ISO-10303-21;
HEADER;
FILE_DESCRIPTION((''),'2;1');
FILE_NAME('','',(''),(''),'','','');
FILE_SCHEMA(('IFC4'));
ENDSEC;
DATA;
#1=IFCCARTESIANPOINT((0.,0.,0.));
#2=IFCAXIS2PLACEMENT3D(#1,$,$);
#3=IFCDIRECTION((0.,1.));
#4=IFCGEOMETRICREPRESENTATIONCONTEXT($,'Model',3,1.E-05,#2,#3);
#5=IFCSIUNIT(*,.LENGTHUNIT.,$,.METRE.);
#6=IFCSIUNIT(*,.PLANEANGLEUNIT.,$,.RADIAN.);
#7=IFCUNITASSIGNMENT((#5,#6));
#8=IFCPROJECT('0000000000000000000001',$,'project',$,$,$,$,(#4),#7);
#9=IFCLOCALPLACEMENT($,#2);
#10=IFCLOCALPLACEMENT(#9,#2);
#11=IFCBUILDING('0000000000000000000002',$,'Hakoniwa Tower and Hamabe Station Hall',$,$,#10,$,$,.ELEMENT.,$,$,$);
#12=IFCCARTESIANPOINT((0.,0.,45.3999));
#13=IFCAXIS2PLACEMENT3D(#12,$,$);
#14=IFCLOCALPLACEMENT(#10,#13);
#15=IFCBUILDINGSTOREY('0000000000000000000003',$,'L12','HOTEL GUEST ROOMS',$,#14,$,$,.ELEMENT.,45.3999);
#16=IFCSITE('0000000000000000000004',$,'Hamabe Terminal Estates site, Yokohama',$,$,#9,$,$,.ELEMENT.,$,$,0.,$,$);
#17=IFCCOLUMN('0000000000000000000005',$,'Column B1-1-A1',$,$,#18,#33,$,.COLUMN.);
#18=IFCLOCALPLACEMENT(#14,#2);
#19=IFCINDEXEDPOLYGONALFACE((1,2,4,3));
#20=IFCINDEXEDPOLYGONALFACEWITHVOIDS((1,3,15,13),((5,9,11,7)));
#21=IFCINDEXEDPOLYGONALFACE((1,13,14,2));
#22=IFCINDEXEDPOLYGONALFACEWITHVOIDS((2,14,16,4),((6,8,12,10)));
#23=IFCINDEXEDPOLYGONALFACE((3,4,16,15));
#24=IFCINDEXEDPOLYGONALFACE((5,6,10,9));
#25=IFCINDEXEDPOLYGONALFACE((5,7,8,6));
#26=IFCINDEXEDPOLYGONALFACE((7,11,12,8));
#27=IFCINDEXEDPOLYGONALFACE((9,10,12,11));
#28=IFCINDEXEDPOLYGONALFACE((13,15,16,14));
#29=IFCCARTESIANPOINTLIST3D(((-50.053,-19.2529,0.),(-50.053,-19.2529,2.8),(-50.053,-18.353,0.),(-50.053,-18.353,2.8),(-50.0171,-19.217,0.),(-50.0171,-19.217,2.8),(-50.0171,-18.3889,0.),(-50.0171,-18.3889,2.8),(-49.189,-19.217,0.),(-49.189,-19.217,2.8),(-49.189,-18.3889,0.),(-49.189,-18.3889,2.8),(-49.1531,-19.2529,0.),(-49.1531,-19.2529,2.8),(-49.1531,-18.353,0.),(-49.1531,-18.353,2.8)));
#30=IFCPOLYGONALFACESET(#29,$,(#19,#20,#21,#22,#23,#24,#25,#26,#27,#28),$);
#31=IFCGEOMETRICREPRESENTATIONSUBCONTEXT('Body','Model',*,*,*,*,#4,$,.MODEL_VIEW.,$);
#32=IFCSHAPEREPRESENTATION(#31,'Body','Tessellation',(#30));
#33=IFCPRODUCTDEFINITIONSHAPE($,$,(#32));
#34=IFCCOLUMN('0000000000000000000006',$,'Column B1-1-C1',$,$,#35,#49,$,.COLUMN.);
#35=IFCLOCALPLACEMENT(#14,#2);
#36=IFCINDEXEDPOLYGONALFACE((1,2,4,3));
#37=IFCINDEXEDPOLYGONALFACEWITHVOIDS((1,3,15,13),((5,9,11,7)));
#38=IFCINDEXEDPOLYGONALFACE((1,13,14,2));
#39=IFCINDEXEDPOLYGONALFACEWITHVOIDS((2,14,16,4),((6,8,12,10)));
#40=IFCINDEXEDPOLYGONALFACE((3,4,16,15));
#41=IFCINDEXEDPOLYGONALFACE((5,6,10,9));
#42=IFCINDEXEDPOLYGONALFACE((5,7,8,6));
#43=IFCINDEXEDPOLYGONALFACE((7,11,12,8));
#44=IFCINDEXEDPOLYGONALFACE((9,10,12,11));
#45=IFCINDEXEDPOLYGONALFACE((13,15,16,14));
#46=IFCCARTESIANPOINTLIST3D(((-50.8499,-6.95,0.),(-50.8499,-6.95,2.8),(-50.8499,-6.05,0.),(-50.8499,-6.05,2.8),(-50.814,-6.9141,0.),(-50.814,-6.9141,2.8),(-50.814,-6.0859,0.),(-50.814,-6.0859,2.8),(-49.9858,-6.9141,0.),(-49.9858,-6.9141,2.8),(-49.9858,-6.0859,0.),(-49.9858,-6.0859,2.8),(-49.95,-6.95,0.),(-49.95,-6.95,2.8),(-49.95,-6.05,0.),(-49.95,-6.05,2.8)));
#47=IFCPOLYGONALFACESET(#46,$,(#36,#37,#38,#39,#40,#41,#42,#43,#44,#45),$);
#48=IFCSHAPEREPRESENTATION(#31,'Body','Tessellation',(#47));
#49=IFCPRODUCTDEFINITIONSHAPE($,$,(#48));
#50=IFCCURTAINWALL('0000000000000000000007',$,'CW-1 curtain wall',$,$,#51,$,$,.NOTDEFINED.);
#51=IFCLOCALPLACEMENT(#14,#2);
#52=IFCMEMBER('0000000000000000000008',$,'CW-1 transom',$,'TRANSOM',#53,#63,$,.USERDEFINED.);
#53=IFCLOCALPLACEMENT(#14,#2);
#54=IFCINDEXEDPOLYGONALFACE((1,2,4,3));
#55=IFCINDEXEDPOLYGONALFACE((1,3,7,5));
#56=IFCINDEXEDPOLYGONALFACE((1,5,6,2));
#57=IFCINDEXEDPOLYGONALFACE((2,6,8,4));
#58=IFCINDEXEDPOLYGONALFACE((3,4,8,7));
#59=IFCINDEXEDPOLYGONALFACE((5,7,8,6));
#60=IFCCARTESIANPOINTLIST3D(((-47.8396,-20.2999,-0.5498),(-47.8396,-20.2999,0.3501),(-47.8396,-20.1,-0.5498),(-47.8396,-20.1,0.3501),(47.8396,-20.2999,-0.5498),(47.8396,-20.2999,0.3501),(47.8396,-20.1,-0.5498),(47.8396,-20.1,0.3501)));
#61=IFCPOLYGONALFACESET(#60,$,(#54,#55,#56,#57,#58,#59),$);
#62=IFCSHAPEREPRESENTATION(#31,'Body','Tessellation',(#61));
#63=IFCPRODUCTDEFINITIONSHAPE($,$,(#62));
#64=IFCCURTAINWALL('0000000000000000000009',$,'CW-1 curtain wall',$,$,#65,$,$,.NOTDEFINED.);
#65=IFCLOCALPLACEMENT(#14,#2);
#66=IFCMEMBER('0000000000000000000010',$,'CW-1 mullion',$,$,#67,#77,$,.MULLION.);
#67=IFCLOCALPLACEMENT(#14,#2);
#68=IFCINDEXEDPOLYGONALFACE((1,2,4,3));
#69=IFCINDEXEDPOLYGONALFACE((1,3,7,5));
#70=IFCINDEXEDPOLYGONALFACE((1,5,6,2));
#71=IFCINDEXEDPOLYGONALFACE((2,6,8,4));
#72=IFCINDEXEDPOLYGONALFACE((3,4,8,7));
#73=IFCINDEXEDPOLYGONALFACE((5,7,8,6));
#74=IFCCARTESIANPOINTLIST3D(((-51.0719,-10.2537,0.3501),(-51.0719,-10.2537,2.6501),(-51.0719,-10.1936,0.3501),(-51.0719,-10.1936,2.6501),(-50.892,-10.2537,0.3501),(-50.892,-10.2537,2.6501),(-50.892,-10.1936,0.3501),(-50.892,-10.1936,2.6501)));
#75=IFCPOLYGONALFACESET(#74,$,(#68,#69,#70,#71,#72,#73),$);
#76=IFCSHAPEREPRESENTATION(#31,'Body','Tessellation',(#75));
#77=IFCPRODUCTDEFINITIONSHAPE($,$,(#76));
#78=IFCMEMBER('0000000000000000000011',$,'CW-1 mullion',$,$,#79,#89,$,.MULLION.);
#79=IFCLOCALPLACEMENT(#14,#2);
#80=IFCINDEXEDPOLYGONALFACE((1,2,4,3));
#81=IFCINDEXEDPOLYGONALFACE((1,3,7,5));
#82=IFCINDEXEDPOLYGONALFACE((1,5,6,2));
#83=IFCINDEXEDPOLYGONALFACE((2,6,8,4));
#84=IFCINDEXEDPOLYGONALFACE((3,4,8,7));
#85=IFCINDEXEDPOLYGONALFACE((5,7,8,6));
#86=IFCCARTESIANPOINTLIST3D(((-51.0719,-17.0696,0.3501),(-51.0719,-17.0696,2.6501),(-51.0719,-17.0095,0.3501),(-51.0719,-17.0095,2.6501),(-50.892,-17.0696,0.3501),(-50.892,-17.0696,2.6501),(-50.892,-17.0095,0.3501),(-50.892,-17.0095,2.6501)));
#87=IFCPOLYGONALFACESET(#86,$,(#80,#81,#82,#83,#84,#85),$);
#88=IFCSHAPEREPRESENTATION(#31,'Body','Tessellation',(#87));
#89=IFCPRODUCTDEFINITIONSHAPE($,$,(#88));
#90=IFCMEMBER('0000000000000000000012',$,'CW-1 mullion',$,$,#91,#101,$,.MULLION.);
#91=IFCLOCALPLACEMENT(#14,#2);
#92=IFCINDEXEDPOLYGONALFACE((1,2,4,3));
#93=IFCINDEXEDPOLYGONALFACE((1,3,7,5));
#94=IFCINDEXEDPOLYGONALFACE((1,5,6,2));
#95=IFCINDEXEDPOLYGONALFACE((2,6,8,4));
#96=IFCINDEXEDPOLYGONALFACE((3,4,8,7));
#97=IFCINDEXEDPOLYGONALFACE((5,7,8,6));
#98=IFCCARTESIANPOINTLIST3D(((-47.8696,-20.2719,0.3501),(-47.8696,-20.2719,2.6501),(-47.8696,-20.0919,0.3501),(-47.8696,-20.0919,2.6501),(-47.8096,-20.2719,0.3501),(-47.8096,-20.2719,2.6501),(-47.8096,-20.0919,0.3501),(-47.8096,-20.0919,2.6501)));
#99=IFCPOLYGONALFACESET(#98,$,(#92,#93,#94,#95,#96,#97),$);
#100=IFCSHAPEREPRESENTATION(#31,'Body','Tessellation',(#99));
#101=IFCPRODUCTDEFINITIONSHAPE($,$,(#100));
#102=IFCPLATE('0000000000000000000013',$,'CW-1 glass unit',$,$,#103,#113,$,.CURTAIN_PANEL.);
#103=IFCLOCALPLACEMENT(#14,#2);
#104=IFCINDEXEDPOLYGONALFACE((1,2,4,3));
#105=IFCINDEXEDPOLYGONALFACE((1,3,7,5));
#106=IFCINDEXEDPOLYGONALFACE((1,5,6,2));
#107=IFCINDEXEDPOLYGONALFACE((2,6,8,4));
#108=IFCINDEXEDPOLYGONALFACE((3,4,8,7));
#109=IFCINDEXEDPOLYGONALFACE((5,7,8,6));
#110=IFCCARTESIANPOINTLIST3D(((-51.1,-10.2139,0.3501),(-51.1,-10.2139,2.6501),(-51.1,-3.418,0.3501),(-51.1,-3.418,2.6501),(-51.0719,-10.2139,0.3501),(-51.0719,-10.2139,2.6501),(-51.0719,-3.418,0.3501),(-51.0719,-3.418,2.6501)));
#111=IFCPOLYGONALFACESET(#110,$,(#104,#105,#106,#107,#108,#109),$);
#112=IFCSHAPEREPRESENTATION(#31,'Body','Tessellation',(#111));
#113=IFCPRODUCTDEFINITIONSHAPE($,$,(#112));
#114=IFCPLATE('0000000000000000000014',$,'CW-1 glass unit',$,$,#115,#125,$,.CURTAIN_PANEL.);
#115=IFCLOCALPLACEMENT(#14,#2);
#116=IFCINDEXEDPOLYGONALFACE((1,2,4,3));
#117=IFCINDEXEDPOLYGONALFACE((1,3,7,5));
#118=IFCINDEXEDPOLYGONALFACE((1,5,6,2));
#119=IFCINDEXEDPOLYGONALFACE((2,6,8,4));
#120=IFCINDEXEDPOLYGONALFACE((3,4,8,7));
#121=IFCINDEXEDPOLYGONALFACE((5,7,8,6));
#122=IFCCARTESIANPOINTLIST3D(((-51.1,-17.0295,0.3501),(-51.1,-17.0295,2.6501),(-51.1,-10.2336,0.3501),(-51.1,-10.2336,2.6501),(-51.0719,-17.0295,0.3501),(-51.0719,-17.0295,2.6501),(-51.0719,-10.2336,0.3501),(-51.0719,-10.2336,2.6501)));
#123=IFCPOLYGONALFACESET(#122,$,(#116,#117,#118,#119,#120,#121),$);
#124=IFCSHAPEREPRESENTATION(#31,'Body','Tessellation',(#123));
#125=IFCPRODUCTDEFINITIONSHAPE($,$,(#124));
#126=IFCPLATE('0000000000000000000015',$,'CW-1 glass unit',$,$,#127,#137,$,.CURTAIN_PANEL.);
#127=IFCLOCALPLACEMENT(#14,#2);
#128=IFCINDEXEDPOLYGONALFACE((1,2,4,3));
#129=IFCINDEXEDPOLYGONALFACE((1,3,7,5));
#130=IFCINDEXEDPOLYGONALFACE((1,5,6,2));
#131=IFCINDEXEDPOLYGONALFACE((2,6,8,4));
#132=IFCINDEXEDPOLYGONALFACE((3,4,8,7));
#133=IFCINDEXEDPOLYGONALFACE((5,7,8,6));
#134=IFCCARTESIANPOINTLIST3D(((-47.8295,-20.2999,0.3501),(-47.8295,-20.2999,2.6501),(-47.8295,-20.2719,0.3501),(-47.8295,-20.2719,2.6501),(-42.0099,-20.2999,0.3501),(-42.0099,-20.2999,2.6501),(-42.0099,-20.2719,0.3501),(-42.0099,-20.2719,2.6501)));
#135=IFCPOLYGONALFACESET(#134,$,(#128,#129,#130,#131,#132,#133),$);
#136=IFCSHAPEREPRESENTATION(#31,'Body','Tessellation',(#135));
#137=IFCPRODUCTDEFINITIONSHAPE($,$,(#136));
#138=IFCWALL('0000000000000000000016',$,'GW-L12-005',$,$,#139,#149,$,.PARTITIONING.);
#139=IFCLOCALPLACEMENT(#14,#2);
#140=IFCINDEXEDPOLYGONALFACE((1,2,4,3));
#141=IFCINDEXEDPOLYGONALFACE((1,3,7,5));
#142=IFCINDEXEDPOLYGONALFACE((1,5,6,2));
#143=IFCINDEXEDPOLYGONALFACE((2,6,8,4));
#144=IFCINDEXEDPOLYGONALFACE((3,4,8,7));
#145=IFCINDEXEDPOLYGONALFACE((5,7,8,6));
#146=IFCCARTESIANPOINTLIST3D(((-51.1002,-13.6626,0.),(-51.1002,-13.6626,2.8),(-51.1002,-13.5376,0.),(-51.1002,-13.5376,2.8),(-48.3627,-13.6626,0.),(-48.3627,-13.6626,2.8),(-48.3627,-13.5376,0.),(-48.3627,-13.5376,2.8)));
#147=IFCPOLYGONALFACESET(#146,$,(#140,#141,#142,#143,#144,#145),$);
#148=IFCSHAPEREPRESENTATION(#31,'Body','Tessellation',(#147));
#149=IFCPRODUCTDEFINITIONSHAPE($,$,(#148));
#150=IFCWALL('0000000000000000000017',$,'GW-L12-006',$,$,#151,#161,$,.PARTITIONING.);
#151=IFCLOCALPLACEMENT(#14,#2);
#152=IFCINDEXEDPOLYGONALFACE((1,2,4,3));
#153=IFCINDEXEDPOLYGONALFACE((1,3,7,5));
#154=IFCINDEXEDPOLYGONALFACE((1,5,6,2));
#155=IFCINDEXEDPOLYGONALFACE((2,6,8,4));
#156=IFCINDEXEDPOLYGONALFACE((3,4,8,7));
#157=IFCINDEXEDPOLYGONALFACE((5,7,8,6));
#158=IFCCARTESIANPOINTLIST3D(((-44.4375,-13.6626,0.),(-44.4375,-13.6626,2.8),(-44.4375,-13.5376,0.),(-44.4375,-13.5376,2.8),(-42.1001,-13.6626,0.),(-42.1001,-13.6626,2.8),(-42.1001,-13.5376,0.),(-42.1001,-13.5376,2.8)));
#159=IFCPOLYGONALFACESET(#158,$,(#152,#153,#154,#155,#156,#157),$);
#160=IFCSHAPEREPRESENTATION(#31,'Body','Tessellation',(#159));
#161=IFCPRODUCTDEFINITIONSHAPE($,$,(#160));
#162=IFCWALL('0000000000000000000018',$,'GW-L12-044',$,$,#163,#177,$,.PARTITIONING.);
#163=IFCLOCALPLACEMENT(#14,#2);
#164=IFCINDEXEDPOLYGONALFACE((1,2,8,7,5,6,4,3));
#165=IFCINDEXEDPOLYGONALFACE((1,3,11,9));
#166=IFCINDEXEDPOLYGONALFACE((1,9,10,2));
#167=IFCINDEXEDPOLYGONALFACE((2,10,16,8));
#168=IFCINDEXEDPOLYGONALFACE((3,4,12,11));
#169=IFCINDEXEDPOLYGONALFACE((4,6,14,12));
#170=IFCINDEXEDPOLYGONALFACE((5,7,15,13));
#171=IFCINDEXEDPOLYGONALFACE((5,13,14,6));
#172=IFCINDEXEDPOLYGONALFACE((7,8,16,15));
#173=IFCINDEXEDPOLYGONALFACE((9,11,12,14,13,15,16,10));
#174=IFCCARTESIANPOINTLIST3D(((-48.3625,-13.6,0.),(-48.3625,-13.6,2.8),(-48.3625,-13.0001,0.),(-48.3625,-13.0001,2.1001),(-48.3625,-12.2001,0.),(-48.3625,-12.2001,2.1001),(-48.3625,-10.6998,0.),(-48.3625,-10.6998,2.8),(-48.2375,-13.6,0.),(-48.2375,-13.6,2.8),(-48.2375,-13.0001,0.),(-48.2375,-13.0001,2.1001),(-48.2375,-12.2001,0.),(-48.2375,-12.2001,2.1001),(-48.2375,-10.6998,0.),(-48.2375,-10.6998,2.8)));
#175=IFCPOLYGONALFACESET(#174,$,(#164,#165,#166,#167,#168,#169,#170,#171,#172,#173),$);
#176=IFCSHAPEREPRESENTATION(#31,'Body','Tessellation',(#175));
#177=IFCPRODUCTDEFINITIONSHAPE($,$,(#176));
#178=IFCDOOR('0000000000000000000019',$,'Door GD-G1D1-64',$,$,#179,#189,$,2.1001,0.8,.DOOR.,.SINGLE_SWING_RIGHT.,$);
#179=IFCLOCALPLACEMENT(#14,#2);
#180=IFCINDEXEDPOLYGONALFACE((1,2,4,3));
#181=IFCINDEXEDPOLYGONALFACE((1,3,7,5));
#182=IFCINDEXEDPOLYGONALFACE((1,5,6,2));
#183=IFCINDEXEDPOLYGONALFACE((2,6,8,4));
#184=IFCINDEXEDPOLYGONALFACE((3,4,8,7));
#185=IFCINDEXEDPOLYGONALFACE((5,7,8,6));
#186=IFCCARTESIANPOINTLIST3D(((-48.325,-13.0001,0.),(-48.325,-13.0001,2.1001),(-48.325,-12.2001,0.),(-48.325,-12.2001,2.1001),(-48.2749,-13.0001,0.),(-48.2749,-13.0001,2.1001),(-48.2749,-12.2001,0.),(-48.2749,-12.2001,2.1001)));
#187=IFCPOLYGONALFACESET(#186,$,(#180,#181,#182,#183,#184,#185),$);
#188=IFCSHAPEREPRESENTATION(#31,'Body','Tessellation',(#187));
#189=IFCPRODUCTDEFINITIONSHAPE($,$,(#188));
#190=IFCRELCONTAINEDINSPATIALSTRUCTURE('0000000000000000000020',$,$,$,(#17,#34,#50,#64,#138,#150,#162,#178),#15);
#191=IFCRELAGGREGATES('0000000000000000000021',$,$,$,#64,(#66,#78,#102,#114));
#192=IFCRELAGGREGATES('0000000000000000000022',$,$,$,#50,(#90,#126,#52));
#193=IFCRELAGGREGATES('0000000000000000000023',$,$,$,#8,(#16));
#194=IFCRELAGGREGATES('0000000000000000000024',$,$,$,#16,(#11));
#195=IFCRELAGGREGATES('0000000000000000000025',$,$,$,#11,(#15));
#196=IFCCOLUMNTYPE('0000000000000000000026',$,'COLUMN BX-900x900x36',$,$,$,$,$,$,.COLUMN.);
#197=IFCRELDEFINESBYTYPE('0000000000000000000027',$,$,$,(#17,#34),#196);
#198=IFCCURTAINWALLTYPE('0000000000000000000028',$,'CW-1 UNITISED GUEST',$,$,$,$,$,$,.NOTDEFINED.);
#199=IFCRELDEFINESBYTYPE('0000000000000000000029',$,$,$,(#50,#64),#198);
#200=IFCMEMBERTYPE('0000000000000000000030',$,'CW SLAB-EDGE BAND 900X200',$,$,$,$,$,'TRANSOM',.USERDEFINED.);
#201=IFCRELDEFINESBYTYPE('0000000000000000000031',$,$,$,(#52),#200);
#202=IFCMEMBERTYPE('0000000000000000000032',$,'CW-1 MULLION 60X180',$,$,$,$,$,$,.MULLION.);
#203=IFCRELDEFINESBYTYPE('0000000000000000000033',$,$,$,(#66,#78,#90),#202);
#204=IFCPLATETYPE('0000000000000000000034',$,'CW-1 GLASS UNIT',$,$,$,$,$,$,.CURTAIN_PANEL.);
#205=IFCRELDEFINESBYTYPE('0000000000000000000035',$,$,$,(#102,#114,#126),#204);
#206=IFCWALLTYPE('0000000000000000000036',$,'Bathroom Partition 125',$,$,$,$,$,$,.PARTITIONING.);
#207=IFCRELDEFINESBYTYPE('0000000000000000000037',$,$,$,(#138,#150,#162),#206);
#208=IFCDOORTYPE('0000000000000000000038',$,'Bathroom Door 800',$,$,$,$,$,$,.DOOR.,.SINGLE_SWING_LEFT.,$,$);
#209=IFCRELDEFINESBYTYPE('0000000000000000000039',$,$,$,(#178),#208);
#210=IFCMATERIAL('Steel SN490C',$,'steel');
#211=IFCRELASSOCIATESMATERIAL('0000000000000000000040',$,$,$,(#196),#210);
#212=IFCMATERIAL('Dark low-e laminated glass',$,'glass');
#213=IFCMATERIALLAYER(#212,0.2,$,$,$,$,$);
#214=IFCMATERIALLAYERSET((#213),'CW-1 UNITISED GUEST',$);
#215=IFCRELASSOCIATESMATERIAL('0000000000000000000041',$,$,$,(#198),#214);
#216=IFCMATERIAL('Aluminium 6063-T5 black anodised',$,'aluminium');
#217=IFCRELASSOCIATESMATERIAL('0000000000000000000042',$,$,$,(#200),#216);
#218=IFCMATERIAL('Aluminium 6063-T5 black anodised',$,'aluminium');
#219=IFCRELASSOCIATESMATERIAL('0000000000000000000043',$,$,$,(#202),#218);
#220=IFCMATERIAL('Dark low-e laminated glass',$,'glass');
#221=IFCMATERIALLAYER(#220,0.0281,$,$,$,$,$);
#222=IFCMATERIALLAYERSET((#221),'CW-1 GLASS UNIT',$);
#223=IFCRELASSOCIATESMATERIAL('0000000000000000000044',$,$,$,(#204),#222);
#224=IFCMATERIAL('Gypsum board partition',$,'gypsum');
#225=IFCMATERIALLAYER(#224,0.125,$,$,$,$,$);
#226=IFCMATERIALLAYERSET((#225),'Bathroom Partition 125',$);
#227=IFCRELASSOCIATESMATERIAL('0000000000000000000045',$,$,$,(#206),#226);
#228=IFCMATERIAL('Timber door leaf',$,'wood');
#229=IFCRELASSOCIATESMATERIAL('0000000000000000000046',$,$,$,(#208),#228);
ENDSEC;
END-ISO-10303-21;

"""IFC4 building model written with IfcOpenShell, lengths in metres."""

from ifc_helpers import new_model, si_unit, direction, frame, frame_2d, origin, origin_2d, place, context, subcontext, project, spatial, rectangle, hollow_rectangle, extrude, material, layer, layer_set, material_profile, profile_set, type_object, element, fill, aggregate, save


model = new_model("IFC4")

# Units and contexts
model_context = context("Model", 3, precision=1e-05, world=origin(), true_north=direction((0.0, 1.0)))
body_context = subcontext(model_context, "Body", "Model", "MODEL_VIEW")
ifc_project = project(units=[si_unit("LENGTHUNIT", "METRE"), si_unit("PLANEANGLEUNIT", "RADIAN")], contexts=[model_context])

# Site, building, storey
site_placement = place(None, origin())
site = spatial("IfcSite", under=ifc_project, at=site_placement, Name="Hamabe Terminal Estates site, Yokohama", CompositionType="ELEMENT", RefElevation=0.0)
building_placement = place(site_placement, origin())
building = spatial("IfcBuilding", under=site, at=building_placement, Name="Hakoniwa Tower and Hamabe Station Hall", CompositionType="ELEMENT")
storey_placement = place(building_placement, frame((0.0, 0.0, 45.3999)))
storey = spatial("IfcBuildingStorey", under=building, at=storey_placement, Name="L12", Description="HOTEL GUEST ROOMS", CompositionType="ELEMENT", Elevation=45.3999)

# Columns
ifc_material_1 = material(Name="Steel SN490C", Category="steel")
ifc_material_profile_1 = material_profile(ifc_material_1, hollow_rectangle(XDim=0.8999, YDim=0.8999, WallThickness=0.0359, at=origin_2d()), Name="BX-900x900x36")
ifc_profile_set_1 = profile_set([ifc_material_profile_1], Name="Steel SN490C")
column_type = type_object("IfcColumnType", Name="COLUMN BX-900x900x36", PredefinedType="COLUMN", material=ifc_profile_set_1)
for number, where, z_axis, x_axis, name in (
    (1, (-49.603, -18.803, 0.0), (0.0, 0.0, 1.0), (1.0, 0.0, 0.0), "Column B1-1-A1"),
    (2, (-50.3999, -6.5, 0.0), (0.0, 0.0, 1.0), (1.0, 0.0, 0.0), "Column B1-1-C1"),
):
    element("IfcColumn", number, at=place(storey_placement, frame(where, z_axis=z_axis, x_axis=x_axis)), inside=storey, type_object=column_type, Name=name, PredefinedType="COLUMN", context=body_context, shape_type="SweptSolid", body=[
        extrude(hollow_rectangle(XDim=0.8999, YDim=0.8999, WallThickness=0.0359, at=origin_2d()), origin(), (0.0, 0.0, 1.0), 2.8),
    ])

# Curtain wall, member
ifc_material_2 = material(Name="Dark low-e laminated glass", Category="glass")
ifc_layer_1 = layer(ifc_material_2, 0.2)
ifc_layer_set_1 = layer_set([ifc_layer_1], Name="CW-1 UNITISED GUEST")
curtain_wall_type = type_object("IfcCurtainWallType", Name="CW-1 UNITISED GUEST", PredefinedType="NOTDEFINED", material=ifc_layer_set_1)
curtain_wall_1_placement = place(storey_placement, origin())
curtain_wall_1 = element("IfcCurtainWall", 3, at=curtain_wall_1_placement, inside=storey, type_object=curtain_wall_type, Name="CW-1 curtain wall", PredefinedType="NOTDEFINED")
ifc_material_3 = material(Name="Aluminium 6063-T5 black anodised", Category="aluminium")
ifc_material_profile_2 = material_profile(ifc_material_3, rectangle(XDim=0.2, YDim=0.8999, at=origin_2d()), Name="CW SLAB-EDGE BAND 900X200")
ifc_profile_set_2 = profile_set([ifc_material_profile_2], Name="Aluminium 6063-T5 black anodised")
member_type_1 = type_object("IfcMemberType", Name="CW SLAB-EDGE BAND 900X200", ElementType="TRANSOM", PredefinedType="USERDEFINED", material=ifc_profile_set_2)
member_1_placement = place(storey_placement, frame((-47.8396, -20.2, -0.0999), z_axis=(1.0, 0.0, 0.0), x_axis=(0.0, 1.0, 0.0)))
member_1 = element("IfcMember", 4, at=member_1_placement, type_object=member_type_1, Name="CW-1 transom", ObjectType="TRANSOM", PredefinedType="USERDEFINED", context=body_context, shape_type="SweptSolid", body=[
    extrude(rectangle(XDim=0.2, YDim=0.8999, at=origin_2d()), origin(), (0.0, 0.0, 1.0), 95.6792),
])

# Curtain wall, members
curtain_wall_2_placement = place(storey_placement, origin())
curtain_wall_2 = element("IfcCurtainWall", 5, at=curtain_wall_2_placement, inside=storey, type_object=curtain_wall_type, Name="CW-1 curtain wall", PredefinedType="NOTDEFINED")
ifc_material_4 = material(Name="Aluminium 6063-T5 black anodised", Category="aluminium")
ifc_material_profile_3 = material_profile(ifc_material_4, rectangle(XDim=0.0601, YDim=0.1799, at=origin_2d()), Name="CW-1 MULLION 60X180")
ifc_profile_set_3 = profile_set([ifc_material_profile_3], Name="Aluminium 6063-T5 black anodised")
member_type_2 = type_object("IfcMemberType", Name="CW-1 MULLION 60X180", PredefinedType="MULLION", material=ifc_profile_set_3)
member_2_placement = place(storey_placement, frame((-50.9819, -10.2236, 0.3501), z_axis=(0.0, 0.0, 1.0), x_axis=(0.0, -1.0, 0.0)))
member_2 = element("IfcMember", 6, at=member_2_placement, type_object=member_type_2, Name="CW-1 mullion", PredefinedType="MULLION", context=body_context, shape_type="SweptSolid", body=[
    extrude(rectangle(XDim=0.0601, YDim=0.1799, at=origin_2d()), origin(), (0.0, 0.0, 1.0), 2.3),
])
member_3_placement = place(storey_placement, frame((-50.9819, -17.0396, 0.3501), z_axis=(0.0, 0.0, 1.0), x_axis=(0.0, -1.0, 0.0)))
member_3 = element("IfcMember", 7, at=member_3_placement, type_object=member_type_2, Name="CW-1 mullion", PredefinedType="MULLION", context=body_context, shape_type="SweptSolid", body=[
    extrude(rectangle(XDim=0.0601, YDim=0.1799, at=origin_2d()), origin(), (0.0, 0.0, 1.0), 2.3),
])

# Member
member_4_placement = place(storey_placement, frame((-47.8396, -20.1819, 0.3501), z_axis=(0.0, 0.0, 1.0), x_axis=(1.0, 0.0, 0.0)))
member_4 = element("IfcMember", 8, at=member_4_placement, type_object=member_type_2, Name="CW-1 mullion", PredefinedType="MULLION", context=body_context, shape_type="SweptSolid", body=[
    extrude(rectangle(XDim=0.0601, YDim=0.1799, at=origin_2d()), origin(), (0.0, 0.0, 1.0), 2.3),
])

# Plates
ifc_material_5 = material(Name="Dark low-e laminated glass", Category="glass")
ifc_layer_2 = layer(ifc_material_5, 0.0281)
ifc_layer_set_2 = layer_set([ifc_layer_2], Name="CW-1 GLASS UNIT")
plate_type = type_object("IfcPlateType", Name="CW-1 GLASS UNIT", PredefinedType="CURTAIN_PANEL", material=ifc_layer_set_2)
plate_1_placement = place(storey_placement, frame((-51.0859, -6.8159, 0.3501), z_axis=(0.0, 0.0, 1.0), x_axis=(0.0, -1.0, 0.0)))
plate_1 = element("IfcPlate", 9, at=plate_1_placement, type_object=plate_type, Name="CW-1 glass unit", PredefinedType="CURTAIN_PANEL", context=body_context, shape_type="SweptSolid", body=[
    extrude(rectangle(XDim=6.7959, YDim=0.0281, at=origin_2d()), origin(), (0.0, 0.0, 1.0), 2.3),
])
plate_2_placement = place(storey_placement, frame((-51.0859, -13.6316, 0.3501), z_axis=(0.0, 0.0, 1.0), x_axis=(0.0, -1.0, 0.0)))
plate_2 = element("IfcPlate", 10, at=plate_2_placement, type_object=plate_type, Name="CW-1 glass unit", PredefinedType="CURTAIN_PANEL", context=body_context, shape_type="SweptSolid", body=[
    extrude(rectangle(XDim=6.7959, YDim=0.0281, at=origin_2d()), origin(), (0.0, 0.0, 1.0), 2.3),
])
aggregate(curtain_wall_2, [member_2, member_3, plate_1, plate_2])
plate_3_placement = place(storey_placement, frame((-44.9197, -20.2859, 0.3501), z_axis=(0.0, 0.0, 1.0), x_axis=(1.0, 0.0, 0.0)))
plate_3 = element("IfcPlate", 11, at=plate_3_placement, type_object=plate_type, Name="CW-1 glass unit", PredefinedType="CURTAIN_PANEL", context=body_context, shape_type="SweptSolid", body=[
    extrude(rectangle(XDim=5.8196, YDim=0.0281, at=origin_2d()), origin(), (0.0, 0.0, 1.0), 2.3),
])
aggregate(curtain_wall_1, [member_4, plate_3, member_1])

# Walls
ifc_material_6 = material(Name="Gypsum board partition", Category="gypsum")
ifc_layer_3 = layer(ifc_material_6, 0.125)
ifc_layer_set_3 = layer_set([ifc_layer_3], Name="Bathroom Partition 125")
wall_type_1 = type_object("IfcWallType", Name="Bathroom Partition 125", PredefinedType="PARTITIONING", material=ifc_layer_set_3)
wall_1_placement = place(storey_placement, frame((-51.1001, -13.6001, 0.0), z_axis=(0.0, 0.0, 1.0), x_axis=(1.0, 0.0, 0.0)))
element("IfcWall", 12, at=wall_1_placement, inside=storey, type_object=wall_type_1, Name="GW-L12-005", PredefinedType="PARTITIONING", context=body_context, shape_type="SweptSolid", body=[
    extrude(rectangle(XDim=2.7375, YDim=0.125, at=frame_2d((1.3687, 0.0))), origin(), (0.0, 0.0, 1.0), 2.8),
])
wall_2_placement = place(storey_placement, frame((-44.4375, -13.6001, 0.0), z_axis=(0.0, 0.0, 1.0), x_axis=(1.0, 0.0, 0.0)))
element("IfcWall", 13, at=wall_2_placement, inside=storey, type_object=wall_type_1, Name="GW-L12-006", PredefinedType="PARTITIONING", context=body_context, shape_type="SweptSolid", body=[
    extrude(rectangle(XDim=2.3374, YDim=0.125, at=frame_2d((1.1687, 0.0))), origin(), (0.0, 0.0, 1.0), 2.8),
])

# Wall, opening, door
wall_3_placement = place(storey_placement, frame((-48.3, -13.6001, 0.0), z_axis=(0.0, 0.0, 1.0), x_axis=(0.0, 1.0, 0.0)))
wall_3 = element("IfcWall", 14, at=wall_3_placement, inside=storey, type_object=wall_type_1, Name="GW-L12-044", PredefinedType="PARTITIONING", context=body_context, shape_type="SweptSolid", body=[
    extrude(rectangle(XDim=2.9001, YDim=0.125, at=frame_2d((1.4502, 0.0))), origin(), (0.0, 0.0, 1.0), 2.8),
])
opening_1_placement = place(wall_3_placement, frame((0.6001, 0.0, 0.0)))
opening_1 = element("IfcOpeningElement", 15, at=opening_1_placement, cuts=wall_3, PredefinedType="OPENING", context=body_context, shape_type="SweptSolid", body=[
    extrude(rectangle(XDim=0.8, YDim=2.1001, at=frame_2d((0.3999, 1.05))), frame((0.0, 0.0725, 0.0), z_axis=(0.0, -1.0, 0.0), x_axis=(1.0, 0.0, 0.0)), (0.0, 0.0, 1.0), 0.145),
])
ifc_material_7 = material(Name="Timber door leaf", Category="wood")
door_type_1 = type_object("IfcDoorType", Name="Bathroom Door 800", OperationType="SINGLE_SWING_LEFT", PredefinedType="DOOR", material=ifc_material_7)
door_1_placement = place(opening_1_placement, origin())
door_1 = element("IfcDoor", 16, at=door_1_placement, inside=storey, type_object=door_type_1, Name="Door GD-G1D1-64", OperationType="SINGLE_SWING_RIGHT", OverallHeight=2.1001, OverallWidth=0.8, PredefinedType="DOOR", context=body_context, shape_type="SweptSolid", body=[
    extrude(rectangle(XDim=0.8, YDim=2.1001, at=frame_2d((0.3999, 1.05))), frame((0.0, 0.0249, 0.0), z_axis=(0.0, -1.0, 0.0), x_axis=(1.0, 0.0, 0.0)), (0.0, 0.0, 1.0), 0.05),
])
fill(opening_1, door_1)

save(model, "model.ifc")
